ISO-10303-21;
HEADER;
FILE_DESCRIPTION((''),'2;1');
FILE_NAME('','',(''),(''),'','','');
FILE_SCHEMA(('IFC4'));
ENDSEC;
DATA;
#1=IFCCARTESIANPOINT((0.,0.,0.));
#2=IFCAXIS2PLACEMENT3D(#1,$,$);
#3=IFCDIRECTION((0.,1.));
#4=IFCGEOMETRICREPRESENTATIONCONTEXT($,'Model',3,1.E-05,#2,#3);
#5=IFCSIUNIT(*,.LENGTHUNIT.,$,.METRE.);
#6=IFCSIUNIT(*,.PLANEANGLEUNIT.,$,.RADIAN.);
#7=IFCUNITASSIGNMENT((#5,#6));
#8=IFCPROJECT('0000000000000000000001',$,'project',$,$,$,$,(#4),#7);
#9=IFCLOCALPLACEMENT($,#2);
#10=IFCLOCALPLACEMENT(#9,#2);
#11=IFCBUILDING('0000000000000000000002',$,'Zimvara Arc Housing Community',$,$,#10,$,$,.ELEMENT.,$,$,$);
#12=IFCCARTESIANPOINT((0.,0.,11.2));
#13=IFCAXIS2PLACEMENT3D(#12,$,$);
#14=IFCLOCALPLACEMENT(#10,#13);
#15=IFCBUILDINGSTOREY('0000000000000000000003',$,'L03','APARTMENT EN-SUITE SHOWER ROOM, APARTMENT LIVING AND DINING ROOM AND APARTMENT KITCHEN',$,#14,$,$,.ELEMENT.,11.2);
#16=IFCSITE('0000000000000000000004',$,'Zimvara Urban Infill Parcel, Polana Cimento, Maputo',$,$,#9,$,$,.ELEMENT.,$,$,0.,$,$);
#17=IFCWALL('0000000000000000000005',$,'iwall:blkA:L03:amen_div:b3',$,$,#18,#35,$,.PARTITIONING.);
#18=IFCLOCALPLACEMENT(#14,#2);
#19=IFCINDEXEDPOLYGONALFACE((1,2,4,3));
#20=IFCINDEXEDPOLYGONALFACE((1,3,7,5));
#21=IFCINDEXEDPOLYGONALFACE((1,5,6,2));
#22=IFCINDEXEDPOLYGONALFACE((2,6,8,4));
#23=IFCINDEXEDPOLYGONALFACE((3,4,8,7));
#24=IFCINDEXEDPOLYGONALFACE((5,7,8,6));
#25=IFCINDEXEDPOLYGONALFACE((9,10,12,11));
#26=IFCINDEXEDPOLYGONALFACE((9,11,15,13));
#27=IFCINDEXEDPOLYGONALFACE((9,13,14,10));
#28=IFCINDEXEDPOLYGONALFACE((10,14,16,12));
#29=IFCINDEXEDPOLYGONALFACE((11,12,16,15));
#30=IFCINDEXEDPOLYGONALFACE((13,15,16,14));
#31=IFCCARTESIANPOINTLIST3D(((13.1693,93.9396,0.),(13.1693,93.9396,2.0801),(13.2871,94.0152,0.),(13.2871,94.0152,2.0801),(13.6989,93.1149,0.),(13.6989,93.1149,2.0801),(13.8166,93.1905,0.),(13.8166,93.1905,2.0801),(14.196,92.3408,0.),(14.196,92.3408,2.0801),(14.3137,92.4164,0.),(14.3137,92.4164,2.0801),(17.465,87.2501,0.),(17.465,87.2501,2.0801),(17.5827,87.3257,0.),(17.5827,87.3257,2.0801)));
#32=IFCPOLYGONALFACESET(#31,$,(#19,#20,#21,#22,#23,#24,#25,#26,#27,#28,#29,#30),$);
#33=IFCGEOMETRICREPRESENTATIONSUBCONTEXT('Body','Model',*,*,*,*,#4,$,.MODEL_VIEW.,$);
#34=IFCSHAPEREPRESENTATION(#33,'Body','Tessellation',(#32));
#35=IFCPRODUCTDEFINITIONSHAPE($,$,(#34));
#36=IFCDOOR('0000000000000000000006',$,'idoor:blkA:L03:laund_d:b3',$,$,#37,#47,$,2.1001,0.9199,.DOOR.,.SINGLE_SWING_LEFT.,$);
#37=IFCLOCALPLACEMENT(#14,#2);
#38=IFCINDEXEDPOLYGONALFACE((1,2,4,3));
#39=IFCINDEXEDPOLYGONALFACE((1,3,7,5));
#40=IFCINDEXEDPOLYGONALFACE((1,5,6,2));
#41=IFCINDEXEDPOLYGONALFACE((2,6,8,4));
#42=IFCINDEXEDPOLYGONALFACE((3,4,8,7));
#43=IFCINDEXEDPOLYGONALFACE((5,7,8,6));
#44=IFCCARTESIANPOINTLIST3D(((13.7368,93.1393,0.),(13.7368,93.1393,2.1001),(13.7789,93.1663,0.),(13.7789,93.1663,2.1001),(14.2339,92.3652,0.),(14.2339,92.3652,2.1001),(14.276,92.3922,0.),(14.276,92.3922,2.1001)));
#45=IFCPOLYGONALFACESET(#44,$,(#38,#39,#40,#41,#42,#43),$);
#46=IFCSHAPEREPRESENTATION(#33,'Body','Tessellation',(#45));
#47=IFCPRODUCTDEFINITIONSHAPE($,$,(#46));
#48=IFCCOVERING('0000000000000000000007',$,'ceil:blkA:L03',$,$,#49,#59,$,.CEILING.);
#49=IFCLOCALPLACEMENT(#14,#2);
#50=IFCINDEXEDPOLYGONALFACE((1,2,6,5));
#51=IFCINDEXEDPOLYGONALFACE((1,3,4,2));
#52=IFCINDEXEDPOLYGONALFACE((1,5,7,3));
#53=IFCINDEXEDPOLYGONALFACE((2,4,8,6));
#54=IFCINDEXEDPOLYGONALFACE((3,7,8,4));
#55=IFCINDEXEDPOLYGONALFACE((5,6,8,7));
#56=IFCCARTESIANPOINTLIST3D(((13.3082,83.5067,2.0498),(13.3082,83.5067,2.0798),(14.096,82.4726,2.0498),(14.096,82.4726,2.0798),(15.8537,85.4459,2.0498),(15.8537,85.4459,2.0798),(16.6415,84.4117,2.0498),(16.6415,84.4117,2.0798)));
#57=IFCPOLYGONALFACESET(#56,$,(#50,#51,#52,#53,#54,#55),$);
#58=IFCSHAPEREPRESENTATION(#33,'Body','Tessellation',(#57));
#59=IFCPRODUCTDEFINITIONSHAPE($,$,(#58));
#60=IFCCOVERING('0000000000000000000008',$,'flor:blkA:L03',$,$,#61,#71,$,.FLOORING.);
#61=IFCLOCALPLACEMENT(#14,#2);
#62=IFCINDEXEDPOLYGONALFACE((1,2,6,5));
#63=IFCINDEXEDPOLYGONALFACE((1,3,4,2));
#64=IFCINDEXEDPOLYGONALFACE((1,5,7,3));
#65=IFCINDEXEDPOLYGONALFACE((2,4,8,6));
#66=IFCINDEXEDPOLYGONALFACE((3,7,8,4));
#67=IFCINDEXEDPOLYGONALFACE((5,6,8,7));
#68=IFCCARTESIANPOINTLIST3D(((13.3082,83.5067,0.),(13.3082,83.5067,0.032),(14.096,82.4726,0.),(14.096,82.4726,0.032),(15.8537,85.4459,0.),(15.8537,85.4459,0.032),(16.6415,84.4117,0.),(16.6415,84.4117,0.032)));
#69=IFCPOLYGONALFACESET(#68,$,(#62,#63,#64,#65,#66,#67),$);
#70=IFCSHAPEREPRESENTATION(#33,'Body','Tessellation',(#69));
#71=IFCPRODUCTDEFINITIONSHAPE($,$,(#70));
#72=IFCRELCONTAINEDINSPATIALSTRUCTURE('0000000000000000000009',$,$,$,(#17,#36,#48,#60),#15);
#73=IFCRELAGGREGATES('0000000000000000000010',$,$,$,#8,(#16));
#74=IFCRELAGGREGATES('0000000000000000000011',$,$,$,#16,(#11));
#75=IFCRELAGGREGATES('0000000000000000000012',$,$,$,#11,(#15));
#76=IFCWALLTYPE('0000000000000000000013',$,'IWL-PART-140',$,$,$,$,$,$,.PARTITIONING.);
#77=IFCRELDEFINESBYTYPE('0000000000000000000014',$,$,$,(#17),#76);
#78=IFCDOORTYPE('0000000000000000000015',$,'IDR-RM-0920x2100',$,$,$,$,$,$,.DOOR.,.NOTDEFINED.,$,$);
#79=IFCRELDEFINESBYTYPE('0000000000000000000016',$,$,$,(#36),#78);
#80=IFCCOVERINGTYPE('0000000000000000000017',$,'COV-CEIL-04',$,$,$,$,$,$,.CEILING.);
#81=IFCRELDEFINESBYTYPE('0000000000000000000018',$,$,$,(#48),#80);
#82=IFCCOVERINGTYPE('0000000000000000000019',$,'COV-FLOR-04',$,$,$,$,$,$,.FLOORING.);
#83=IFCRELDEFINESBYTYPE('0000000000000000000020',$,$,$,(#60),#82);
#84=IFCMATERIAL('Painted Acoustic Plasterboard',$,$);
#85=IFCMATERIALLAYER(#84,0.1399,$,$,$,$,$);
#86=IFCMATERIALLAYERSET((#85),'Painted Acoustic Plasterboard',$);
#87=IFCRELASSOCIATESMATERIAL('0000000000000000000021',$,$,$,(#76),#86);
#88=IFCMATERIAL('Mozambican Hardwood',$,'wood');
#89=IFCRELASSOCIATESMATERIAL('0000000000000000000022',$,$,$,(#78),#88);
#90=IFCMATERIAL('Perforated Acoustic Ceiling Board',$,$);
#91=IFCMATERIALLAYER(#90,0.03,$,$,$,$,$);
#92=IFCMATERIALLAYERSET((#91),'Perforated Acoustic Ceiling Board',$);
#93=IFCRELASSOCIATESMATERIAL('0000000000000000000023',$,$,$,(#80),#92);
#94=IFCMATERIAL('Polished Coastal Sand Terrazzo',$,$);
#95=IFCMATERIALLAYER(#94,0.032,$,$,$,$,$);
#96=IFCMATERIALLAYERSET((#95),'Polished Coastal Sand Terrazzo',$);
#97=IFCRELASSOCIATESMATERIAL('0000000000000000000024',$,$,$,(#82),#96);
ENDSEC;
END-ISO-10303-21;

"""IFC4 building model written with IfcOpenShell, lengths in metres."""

from ifc_helpers import new_model, si_unit, direction, frame, frame_2d, origin, origin_2d, place, context, subcontext, project, spatial, rectangle, extrude, material, layer, layer_set, type_object, element, fill, save


model = new_model("IFC4")

# Units and contexts
model_context = context("Model", 3, precision=1e-05, world=origin(), true_north=direction((0.0, 1.0)))
body_context = subcontext(model_context, "Body", "Model", "MODEL_VIEW")
ifc_project = project(units=[si_unit("LENGTHUNIT", "METRE"), si_unit("PLANEANGLEUNIT", "RADIAN")], contexts=[model_context])

# Site, building, storey
site_placement = place(None, origin())
site = spatial("IfcSite", under=ifc_project, at=site_placement, Name="Zimvara Urban Infill Parcel, Polana Cimento, Maputo", CompositionType="ELEMENT", RefElevation=0.0)
building_placement = place(site_placement, origin())
building = spatial("IfcBuilding", under=site, at=building_placement, Name="Zimvara Arc Housing Community", CompositionType="ELEMENT")
storey_placement = place(building_placement, frame((0.0, 0.0, 11.2)))
storey = spatial("IfcBuildingStorey", under=building, at=storey_placement, Name="L03", Description="APARTMENT EN-SUITE SHOWER ROOM, APARTMENT LIVING AND DINING ROOM AND APARTMENT KITCHEN", CompositionType="ELEMENT", Elevation=11.2)

# Wall, opening, door
ifc_material_1 = material(Name="Painted Acoustic Plasterboard")
ifc_layer_1 = layer(ifc_material_1, 0.1399)
ifc_layer_set_1 = layer_set([ifc_layer_1], Name="Painted Acoustic Plasterboard")
wall_type_1 = type_object("IfcWallType", Name="IWL-PART-140", PredefinedType="PARTITIONING", material=ifc_layer_set_1)
wall_1_placement = place(storey_placement, frame((17.5239, 87.2878, 0.0), z_axis=(0.0, 0.0, 1.0), x_axis=(-0.540338, 0.841448, 0.0)))
wall_1 = element("IfcWall", 1, at=wall_1_placement, inside=storey, type_object=wall_type_1, Name="iwall:blkA:L03:amen_div:b3", PredefinedType="PARTITIONING", context=body_context, shape_type="SweptSolid", body=[
    extrude(rectangle(XDim=7.95, YDim=0.1399, at=frame_2d((3.9751, 0.0))), origin(), (0.0, 0.0, 1.0), 2.0801),
])
opening_1_placement = place(wall_1_placement, frame((6.05, 0.0, 0.0)))
opening_1 = element("IfcOpeningElement", 2, at=opening_1_placement, cuts=wall_1, PredefinedType="OPENING", context=body_context, shape_type="SweptSolid", body=[
    extrude(rectangle(XDim=0.9199, YDim=2.1001, at=frame_2d((0.46, 1.05))), frame((0.0, 0.0798, 0.0), z_axis=(0.0, -1.0, 0.0), x_axis=(1.0, 0.0, 0.0)), (0.0, 0.0, 1.0), 0.1599),
])
ifc_material_2 = material(Name="Mozambican Hardwood", Category="wood")
door_type_1 = type_object("IfcDoorType", Name="IDR-RM-0920x2100", OperationType="NOTDEFINED", PredefinedType="DOOR", material=ifc_material_2)
door_1_placement = place(opening_1_placement, origin())
door_1 = element("IfcDoor", 3, at=door_1_placement, inside=storey, type_object=door_type_1, Name="idoor:blkA:L03:laund_d:b3", OperationType="SINGLE_SWING_LEFT", OverallHeight=2.1001, OverallWidth=0.9199, PredefinedType="DOOR", context=body_context, shape_type="SweptSolid", body=[
    extrude(rectangle(XDim=0.9199, YDim=2.1001, at=frame_2d((0.46, 1.05))), frame((0.0, 0.0249, 0.0), z_axis=(0.0, -1.0, 0.0), x_axis=(1.0, 0.0, 0.0)), (0.0, 0.0, 1.0), 0.05),
])
fill(opening_1, door_1)

# Coverings
ifc_material_3 = material(Name="Perforated Acoustic Ceiling Board")
ifc_layer_2 = layer(ifc_material_3, 0.03)
ifc_layer_set_2 = layer_set([ifc_layer_2], Name="Perforated Acoustic Ceiling Board")
covering_type_1 = type_object("IfcCoveringType", Name="COV-CEIL-04", PredefinedType="CEILING", material=ifc_layer_set_2)
covering_1_placement = place(storey_placement, frame((14.9749, 83.9592, 2.0498), z_axis=(0.0, 0.0, 1.0), x_axis=(-0.605988, 0.795473, 0.0)))
element("IfcCovering", 4, at=covering_1_placement, inside=storey, type_object=covering_type_1, Name="ceil:blkA:L03", PredefinedType="CEILING", context=body_context, shape_type="SweptSolid", body=[
    extrude(rectangle(XDim=1.3, YDim=3.2, at=origin_2d()), origin(), (0.0, 0.0, 1.0), 0.03),
])
ifc_material_4 = material(Name="Polished Coastal Sand Terrazzo")
ifc_layer_3 = layer(ifc_material_4, 0.032)
ifc_layer_set_3 = layer_set([ifc_layer_3], Name="Polished Coastal Sand Terrazzo")
covering_type_2 = type_object("IfcCoveringType", Name="COV-FLOR-04", PredefinedType="FLOORING", material=ifc_layer_set_3)
covering_2_placement = place(storey_placement, frame((14.9749, 83.9592, 0.0), z_axis=(0.0, 0.0, 1.0), x_axis=(-0.605988, 0.795473, 0.0)))
element("IfcCovering", 5, at=covering_2_placement, inside=storey, type_object=covering_type_2, Name="flor:blkA:L03", PredefinedType="FLOORING", context=body_context, shape_type="SweptSolid", body=[
    extrude(rectangle(XDim=1.3, YDim=3.2, at=origin_2d()), origin(), (0.0, 0.0, 1.0), 0.032),
])

save(model, "model.ifc")
